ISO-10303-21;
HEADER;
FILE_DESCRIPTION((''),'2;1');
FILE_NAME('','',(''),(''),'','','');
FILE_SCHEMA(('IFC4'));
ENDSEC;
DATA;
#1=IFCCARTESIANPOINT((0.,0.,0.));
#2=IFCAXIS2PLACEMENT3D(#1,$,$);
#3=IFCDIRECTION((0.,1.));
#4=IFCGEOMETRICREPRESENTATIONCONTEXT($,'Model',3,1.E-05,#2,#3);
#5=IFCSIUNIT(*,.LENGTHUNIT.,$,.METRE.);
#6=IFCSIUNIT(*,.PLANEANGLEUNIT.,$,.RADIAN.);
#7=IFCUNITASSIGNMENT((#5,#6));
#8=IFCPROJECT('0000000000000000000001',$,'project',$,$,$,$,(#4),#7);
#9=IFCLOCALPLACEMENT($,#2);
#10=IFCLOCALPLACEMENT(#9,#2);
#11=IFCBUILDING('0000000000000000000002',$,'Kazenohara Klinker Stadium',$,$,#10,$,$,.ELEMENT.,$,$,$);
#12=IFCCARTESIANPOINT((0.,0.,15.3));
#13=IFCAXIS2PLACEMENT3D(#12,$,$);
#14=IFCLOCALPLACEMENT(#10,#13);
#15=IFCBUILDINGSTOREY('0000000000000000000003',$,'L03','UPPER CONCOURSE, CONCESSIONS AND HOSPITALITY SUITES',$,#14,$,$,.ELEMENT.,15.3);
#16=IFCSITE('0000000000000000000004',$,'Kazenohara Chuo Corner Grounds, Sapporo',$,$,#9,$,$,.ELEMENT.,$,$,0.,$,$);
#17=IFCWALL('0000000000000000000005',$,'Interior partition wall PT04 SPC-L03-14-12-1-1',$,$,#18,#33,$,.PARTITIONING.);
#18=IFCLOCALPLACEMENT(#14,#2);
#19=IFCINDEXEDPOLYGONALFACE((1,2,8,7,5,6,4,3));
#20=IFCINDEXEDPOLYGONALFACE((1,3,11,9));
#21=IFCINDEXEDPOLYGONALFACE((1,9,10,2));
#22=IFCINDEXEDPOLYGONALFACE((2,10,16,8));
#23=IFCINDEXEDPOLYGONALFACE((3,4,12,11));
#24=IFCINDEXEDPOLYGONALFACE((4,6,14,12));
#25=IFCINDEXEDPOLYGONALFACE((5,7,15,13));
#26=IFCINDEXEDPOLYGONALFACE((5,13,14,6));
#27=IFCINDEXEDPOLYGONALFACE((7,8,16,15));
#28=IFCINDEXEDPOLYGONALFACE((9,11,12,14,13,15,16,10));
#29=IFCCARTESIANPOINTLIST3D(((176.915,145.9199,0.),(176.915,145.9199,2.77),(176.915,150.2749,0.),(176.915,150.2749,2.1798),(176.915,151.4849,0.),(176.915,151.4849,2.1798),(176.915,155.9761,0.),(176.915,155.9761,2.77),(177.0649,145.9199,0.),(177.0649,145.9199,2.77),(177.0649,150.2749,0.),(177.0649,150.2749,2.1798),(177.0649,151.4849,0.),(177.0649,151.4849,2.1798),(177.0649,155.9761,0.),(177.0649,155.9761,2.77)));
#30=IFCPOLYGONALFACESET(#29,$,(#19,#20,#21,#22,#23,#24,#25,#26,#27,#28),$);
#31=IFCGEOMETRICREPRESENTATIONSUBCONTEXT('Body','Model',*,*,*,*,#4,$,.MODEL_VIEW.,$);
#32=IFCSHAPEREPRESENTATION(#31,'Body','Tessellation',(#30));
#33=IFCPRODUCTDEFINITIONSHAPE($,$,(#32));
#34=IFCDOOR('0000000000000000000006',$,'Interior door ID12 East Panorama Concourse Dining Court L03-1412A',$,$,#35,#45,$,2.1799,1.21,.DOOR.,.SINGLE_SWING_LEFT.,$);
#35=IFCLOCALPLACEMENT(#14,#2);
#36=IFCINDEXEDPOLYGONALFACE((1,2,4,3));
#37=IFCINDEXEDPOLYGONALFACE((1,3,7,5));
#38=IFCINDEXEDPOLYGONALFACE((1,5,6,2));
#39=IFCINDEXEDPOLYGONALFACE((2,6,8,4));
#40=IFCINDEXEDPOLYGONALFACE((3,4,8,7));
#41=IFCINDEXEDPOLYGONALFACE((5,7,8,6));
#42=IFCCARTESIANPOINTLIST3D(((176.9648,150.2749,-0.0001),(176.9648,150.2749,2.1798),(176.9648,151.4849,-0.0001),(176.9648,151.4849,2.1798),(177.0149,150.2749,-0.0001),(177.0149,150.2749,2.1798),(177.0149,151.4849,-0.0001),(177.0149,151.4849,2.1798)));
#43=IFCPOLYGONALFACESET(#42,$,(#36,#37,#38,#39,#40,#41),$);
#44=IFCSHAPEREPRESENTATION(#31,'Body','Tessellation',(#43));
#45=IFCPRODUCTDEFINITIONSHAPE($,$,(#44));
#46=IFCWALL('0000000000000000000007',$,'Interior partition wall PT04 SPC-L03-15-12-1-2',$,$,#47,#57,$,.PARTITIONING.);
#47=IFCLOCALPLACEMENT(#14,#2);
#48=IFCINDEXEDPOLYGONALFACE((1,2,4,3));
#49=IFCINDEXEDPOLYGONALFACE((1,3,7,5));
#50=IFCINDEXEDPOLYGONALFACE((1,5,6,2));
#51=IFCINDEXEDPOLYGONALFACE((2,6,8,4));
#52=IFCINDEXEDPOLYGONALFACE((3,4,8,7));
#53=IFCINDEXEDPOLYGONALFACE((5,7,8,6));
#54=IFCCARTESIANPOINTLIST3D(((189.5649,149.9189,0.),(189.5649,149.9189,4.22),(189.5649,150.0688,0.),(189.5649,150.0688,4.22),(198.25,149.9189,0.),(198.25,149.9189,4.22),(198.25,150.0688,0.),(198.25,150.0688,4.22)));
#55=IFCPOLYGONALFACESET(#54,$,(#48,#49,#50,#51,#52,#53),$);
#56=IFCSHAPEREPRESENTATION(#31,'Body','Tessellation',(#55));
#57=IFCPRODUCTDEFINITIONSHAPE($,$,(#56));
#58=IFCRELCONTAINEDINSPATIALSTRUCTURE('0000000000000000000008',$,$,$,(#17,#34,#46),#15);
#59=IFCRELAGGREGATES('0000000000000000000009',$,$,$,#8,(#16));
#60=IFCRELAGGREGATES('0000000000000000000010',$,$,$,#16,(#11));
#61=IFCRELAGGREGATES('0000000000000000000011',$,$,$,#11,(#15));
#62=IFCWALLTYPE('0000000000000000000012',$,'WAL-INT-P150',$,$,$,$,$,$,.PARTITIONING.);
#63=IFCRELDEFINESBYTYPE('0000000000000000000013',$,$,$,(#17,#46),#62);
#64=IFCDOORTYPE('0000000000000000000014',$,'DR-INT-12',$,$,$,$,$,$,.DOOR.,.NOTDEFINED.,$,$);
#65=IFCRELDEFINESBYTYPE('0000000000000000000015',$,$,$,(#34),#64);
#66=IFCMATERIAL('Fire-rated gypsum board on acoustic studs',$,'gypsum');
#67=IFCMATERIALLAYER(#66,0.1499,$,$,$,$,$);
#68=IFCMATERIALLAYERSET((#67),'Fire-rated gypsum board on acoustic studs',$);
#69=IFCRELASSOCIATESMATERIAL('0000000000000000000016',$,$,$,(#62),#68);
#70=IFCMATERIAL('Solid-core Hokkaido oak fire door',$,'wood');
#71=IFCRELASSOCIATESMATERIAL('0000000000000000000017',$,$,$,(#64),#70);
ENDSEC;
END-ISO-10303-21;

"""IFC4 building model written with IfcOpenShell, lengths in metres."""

from ifc_helpers import new_model, si_unit, direction, frame, frame_2d, origin, place, context, subcontext, project, spatial, rectangle, extrude, material, layer, layer_set, type_object, element, fill, save


model = new_model("IFC4")

# Units and contexts
model_context = context("Model", 3, precision=1e-05, world=origin(), true_north=direction((0.0, 1.0)))
body_context = subcontext(model_context, "Body", "Model", "MODEL_VIEW")
ifc_project = project(units=[si_unit("LENGTHUNIT", "METRE"), si_unit("PLANEANGLEUNIT", "RADIAN")], contexts=[model_context])

# Site, building, storey
site_placement = place(None, origin())
site = spatial("IfcSite", under=ifc_project, at=site_placement, Name="Kazenohara Chuo Corner Grounds, Sapporo", CompositionType="ELEMENT", RefElevation=0.0)
building_placement = place(site_placement, origin())
building = spatial("IfcBuilding", under=site, at=building_placement, Name="Kazenohara Klinker Stadium", CompositionType="ELEMENT")
storey_placement = place(building_placement, frame((0.0, 0.0, 15.3)))
storey = spatial("IfcBuildingStorey", under=building, at=storey_placement, Name="L03", Description="UPPER CONCOURSE, CONCESSIONS AND HOSPITALITY SUITES", CompositionType="ELEMENT", Elevation=15.3)

# Shared definitions
ifc_material_1 = material(Name="Fire-rated gypsum board on acoustic studs", Category="gypsum")
ifc_material_2 = material(Name="Solid-core Hokkaido oak fire door", Category="wood")

# Wall, opening, door
ifc_layer_1 = layer(ifc_material_1, 0.1499)
ifc_layer_set_1 = layer_set([ifc_layer_1], Name="Fire-rated gypsum board on acoustic studs")
wall_type_1 = type_object("IfcWallType", Name="WAL-INT-P150", PredefinedType="PARTITIONING", material=ifc_layer_set_1)
wall_1_placement = place(storey_placement, frame((176.99, 145.9199, 0.0), z_axis=(0.0, 0.0, 1.0), x_axis=(0.0, 1.0, 0.0)))
wall_1 = element("IfcWall", 1, at=wall_1_placement, inside=storey, type_object=wall_type_1, Name="Interior partition wall PT04 SPC-L03-14-12-1-1", PredefinedType="PARTITIONING", context=body_context, shape_type="SweptSolid", body=[
    extrude(rectangle(XDim=10.0562, YDim=0.1499, at=frame_2d((5.0281, 0.0))), origin(), (0.0, 0.0, 1.0), 2.77),
])
opening_1_placement = place(wall_1_placement, frame((5.5649, 0.0, 0.0), z_axis=(0.0, 0.0, 1.0), x_axis=(-1.0, 0.0, 0.0)))
opening_1 = element("IfcOpeningElement", 2, at=opening_1_placement, cuts=wall_1, PredefinedType="OPENING", context=body_context, shape_type="SweptSolid", body=[
    extrude(rectangle(XDim=1.21, YDim=2.1799, at=frame_2d((0.605, 1.0898))), frame((0.0, 0.085, 0.0), z_axis=(0.0, -1.0, 0.0), x_axis=(1.0, 0.0, 0.0)), (0.0, 0.0, 1.0), 0.1699),
])
door_type_1 = type_object("IfcDoorType", Name="DR-INT-12", OperationType="NOTDEFINED", PredefinedType="DOOR", material=ifc_material_2)
door_1_placement = place(opening_1_placement, origin())
door_1 = element("IfcDoor", 3, at=door_1_placement, inside=storey, type_object=door_type_1, Name="Interior door ID12 East Panorama Concourse Dining Court L03-1412A", OperationType="SINGLE_SWING_LEFT", OverallHeight=2.1799, OverallWidth=1.21, PredefinedType="DOOR", context=body_context, shape_type="SweptSolid", body=[
    extrude(rectangle(XDim=1.21, YDim=2.1799, at=frame_2d((0.605, 1.0898))), frame((0.0, 0.0249, 0.0), z_axis=(0.0, -1.0, 0.0), x_axis=(1.0, 0.0, 0.0)), (0.0, 0.0, 1.0), 0.05),
])
fill(opening_1, door_1)

# Wall
wall_2_placement = place(storey_placement, frame((189.5649, 149.9939, 0.0), z_axis=(0.0, 0.0, 1.0), x_axis=(1.0, 0.0, 0.0)))
element("IfcWall", 4, at=wall_2_placement, inside=storey, type_object=wall_type_1, Name="Interior partition wall PT04 SPC-L03-15-12-1-2", PredefinedType="PARTITIONING", context=body_context, shape_type="SweptSolid", body=[
    extrude(rectangle(XDim=8.6851, YDim=0.1499, at=frame_2d((4.3425, 0.0))), origin(), (0.0, 0.0, 1.0), 4.22),
])

save(model, "model.ifc")
